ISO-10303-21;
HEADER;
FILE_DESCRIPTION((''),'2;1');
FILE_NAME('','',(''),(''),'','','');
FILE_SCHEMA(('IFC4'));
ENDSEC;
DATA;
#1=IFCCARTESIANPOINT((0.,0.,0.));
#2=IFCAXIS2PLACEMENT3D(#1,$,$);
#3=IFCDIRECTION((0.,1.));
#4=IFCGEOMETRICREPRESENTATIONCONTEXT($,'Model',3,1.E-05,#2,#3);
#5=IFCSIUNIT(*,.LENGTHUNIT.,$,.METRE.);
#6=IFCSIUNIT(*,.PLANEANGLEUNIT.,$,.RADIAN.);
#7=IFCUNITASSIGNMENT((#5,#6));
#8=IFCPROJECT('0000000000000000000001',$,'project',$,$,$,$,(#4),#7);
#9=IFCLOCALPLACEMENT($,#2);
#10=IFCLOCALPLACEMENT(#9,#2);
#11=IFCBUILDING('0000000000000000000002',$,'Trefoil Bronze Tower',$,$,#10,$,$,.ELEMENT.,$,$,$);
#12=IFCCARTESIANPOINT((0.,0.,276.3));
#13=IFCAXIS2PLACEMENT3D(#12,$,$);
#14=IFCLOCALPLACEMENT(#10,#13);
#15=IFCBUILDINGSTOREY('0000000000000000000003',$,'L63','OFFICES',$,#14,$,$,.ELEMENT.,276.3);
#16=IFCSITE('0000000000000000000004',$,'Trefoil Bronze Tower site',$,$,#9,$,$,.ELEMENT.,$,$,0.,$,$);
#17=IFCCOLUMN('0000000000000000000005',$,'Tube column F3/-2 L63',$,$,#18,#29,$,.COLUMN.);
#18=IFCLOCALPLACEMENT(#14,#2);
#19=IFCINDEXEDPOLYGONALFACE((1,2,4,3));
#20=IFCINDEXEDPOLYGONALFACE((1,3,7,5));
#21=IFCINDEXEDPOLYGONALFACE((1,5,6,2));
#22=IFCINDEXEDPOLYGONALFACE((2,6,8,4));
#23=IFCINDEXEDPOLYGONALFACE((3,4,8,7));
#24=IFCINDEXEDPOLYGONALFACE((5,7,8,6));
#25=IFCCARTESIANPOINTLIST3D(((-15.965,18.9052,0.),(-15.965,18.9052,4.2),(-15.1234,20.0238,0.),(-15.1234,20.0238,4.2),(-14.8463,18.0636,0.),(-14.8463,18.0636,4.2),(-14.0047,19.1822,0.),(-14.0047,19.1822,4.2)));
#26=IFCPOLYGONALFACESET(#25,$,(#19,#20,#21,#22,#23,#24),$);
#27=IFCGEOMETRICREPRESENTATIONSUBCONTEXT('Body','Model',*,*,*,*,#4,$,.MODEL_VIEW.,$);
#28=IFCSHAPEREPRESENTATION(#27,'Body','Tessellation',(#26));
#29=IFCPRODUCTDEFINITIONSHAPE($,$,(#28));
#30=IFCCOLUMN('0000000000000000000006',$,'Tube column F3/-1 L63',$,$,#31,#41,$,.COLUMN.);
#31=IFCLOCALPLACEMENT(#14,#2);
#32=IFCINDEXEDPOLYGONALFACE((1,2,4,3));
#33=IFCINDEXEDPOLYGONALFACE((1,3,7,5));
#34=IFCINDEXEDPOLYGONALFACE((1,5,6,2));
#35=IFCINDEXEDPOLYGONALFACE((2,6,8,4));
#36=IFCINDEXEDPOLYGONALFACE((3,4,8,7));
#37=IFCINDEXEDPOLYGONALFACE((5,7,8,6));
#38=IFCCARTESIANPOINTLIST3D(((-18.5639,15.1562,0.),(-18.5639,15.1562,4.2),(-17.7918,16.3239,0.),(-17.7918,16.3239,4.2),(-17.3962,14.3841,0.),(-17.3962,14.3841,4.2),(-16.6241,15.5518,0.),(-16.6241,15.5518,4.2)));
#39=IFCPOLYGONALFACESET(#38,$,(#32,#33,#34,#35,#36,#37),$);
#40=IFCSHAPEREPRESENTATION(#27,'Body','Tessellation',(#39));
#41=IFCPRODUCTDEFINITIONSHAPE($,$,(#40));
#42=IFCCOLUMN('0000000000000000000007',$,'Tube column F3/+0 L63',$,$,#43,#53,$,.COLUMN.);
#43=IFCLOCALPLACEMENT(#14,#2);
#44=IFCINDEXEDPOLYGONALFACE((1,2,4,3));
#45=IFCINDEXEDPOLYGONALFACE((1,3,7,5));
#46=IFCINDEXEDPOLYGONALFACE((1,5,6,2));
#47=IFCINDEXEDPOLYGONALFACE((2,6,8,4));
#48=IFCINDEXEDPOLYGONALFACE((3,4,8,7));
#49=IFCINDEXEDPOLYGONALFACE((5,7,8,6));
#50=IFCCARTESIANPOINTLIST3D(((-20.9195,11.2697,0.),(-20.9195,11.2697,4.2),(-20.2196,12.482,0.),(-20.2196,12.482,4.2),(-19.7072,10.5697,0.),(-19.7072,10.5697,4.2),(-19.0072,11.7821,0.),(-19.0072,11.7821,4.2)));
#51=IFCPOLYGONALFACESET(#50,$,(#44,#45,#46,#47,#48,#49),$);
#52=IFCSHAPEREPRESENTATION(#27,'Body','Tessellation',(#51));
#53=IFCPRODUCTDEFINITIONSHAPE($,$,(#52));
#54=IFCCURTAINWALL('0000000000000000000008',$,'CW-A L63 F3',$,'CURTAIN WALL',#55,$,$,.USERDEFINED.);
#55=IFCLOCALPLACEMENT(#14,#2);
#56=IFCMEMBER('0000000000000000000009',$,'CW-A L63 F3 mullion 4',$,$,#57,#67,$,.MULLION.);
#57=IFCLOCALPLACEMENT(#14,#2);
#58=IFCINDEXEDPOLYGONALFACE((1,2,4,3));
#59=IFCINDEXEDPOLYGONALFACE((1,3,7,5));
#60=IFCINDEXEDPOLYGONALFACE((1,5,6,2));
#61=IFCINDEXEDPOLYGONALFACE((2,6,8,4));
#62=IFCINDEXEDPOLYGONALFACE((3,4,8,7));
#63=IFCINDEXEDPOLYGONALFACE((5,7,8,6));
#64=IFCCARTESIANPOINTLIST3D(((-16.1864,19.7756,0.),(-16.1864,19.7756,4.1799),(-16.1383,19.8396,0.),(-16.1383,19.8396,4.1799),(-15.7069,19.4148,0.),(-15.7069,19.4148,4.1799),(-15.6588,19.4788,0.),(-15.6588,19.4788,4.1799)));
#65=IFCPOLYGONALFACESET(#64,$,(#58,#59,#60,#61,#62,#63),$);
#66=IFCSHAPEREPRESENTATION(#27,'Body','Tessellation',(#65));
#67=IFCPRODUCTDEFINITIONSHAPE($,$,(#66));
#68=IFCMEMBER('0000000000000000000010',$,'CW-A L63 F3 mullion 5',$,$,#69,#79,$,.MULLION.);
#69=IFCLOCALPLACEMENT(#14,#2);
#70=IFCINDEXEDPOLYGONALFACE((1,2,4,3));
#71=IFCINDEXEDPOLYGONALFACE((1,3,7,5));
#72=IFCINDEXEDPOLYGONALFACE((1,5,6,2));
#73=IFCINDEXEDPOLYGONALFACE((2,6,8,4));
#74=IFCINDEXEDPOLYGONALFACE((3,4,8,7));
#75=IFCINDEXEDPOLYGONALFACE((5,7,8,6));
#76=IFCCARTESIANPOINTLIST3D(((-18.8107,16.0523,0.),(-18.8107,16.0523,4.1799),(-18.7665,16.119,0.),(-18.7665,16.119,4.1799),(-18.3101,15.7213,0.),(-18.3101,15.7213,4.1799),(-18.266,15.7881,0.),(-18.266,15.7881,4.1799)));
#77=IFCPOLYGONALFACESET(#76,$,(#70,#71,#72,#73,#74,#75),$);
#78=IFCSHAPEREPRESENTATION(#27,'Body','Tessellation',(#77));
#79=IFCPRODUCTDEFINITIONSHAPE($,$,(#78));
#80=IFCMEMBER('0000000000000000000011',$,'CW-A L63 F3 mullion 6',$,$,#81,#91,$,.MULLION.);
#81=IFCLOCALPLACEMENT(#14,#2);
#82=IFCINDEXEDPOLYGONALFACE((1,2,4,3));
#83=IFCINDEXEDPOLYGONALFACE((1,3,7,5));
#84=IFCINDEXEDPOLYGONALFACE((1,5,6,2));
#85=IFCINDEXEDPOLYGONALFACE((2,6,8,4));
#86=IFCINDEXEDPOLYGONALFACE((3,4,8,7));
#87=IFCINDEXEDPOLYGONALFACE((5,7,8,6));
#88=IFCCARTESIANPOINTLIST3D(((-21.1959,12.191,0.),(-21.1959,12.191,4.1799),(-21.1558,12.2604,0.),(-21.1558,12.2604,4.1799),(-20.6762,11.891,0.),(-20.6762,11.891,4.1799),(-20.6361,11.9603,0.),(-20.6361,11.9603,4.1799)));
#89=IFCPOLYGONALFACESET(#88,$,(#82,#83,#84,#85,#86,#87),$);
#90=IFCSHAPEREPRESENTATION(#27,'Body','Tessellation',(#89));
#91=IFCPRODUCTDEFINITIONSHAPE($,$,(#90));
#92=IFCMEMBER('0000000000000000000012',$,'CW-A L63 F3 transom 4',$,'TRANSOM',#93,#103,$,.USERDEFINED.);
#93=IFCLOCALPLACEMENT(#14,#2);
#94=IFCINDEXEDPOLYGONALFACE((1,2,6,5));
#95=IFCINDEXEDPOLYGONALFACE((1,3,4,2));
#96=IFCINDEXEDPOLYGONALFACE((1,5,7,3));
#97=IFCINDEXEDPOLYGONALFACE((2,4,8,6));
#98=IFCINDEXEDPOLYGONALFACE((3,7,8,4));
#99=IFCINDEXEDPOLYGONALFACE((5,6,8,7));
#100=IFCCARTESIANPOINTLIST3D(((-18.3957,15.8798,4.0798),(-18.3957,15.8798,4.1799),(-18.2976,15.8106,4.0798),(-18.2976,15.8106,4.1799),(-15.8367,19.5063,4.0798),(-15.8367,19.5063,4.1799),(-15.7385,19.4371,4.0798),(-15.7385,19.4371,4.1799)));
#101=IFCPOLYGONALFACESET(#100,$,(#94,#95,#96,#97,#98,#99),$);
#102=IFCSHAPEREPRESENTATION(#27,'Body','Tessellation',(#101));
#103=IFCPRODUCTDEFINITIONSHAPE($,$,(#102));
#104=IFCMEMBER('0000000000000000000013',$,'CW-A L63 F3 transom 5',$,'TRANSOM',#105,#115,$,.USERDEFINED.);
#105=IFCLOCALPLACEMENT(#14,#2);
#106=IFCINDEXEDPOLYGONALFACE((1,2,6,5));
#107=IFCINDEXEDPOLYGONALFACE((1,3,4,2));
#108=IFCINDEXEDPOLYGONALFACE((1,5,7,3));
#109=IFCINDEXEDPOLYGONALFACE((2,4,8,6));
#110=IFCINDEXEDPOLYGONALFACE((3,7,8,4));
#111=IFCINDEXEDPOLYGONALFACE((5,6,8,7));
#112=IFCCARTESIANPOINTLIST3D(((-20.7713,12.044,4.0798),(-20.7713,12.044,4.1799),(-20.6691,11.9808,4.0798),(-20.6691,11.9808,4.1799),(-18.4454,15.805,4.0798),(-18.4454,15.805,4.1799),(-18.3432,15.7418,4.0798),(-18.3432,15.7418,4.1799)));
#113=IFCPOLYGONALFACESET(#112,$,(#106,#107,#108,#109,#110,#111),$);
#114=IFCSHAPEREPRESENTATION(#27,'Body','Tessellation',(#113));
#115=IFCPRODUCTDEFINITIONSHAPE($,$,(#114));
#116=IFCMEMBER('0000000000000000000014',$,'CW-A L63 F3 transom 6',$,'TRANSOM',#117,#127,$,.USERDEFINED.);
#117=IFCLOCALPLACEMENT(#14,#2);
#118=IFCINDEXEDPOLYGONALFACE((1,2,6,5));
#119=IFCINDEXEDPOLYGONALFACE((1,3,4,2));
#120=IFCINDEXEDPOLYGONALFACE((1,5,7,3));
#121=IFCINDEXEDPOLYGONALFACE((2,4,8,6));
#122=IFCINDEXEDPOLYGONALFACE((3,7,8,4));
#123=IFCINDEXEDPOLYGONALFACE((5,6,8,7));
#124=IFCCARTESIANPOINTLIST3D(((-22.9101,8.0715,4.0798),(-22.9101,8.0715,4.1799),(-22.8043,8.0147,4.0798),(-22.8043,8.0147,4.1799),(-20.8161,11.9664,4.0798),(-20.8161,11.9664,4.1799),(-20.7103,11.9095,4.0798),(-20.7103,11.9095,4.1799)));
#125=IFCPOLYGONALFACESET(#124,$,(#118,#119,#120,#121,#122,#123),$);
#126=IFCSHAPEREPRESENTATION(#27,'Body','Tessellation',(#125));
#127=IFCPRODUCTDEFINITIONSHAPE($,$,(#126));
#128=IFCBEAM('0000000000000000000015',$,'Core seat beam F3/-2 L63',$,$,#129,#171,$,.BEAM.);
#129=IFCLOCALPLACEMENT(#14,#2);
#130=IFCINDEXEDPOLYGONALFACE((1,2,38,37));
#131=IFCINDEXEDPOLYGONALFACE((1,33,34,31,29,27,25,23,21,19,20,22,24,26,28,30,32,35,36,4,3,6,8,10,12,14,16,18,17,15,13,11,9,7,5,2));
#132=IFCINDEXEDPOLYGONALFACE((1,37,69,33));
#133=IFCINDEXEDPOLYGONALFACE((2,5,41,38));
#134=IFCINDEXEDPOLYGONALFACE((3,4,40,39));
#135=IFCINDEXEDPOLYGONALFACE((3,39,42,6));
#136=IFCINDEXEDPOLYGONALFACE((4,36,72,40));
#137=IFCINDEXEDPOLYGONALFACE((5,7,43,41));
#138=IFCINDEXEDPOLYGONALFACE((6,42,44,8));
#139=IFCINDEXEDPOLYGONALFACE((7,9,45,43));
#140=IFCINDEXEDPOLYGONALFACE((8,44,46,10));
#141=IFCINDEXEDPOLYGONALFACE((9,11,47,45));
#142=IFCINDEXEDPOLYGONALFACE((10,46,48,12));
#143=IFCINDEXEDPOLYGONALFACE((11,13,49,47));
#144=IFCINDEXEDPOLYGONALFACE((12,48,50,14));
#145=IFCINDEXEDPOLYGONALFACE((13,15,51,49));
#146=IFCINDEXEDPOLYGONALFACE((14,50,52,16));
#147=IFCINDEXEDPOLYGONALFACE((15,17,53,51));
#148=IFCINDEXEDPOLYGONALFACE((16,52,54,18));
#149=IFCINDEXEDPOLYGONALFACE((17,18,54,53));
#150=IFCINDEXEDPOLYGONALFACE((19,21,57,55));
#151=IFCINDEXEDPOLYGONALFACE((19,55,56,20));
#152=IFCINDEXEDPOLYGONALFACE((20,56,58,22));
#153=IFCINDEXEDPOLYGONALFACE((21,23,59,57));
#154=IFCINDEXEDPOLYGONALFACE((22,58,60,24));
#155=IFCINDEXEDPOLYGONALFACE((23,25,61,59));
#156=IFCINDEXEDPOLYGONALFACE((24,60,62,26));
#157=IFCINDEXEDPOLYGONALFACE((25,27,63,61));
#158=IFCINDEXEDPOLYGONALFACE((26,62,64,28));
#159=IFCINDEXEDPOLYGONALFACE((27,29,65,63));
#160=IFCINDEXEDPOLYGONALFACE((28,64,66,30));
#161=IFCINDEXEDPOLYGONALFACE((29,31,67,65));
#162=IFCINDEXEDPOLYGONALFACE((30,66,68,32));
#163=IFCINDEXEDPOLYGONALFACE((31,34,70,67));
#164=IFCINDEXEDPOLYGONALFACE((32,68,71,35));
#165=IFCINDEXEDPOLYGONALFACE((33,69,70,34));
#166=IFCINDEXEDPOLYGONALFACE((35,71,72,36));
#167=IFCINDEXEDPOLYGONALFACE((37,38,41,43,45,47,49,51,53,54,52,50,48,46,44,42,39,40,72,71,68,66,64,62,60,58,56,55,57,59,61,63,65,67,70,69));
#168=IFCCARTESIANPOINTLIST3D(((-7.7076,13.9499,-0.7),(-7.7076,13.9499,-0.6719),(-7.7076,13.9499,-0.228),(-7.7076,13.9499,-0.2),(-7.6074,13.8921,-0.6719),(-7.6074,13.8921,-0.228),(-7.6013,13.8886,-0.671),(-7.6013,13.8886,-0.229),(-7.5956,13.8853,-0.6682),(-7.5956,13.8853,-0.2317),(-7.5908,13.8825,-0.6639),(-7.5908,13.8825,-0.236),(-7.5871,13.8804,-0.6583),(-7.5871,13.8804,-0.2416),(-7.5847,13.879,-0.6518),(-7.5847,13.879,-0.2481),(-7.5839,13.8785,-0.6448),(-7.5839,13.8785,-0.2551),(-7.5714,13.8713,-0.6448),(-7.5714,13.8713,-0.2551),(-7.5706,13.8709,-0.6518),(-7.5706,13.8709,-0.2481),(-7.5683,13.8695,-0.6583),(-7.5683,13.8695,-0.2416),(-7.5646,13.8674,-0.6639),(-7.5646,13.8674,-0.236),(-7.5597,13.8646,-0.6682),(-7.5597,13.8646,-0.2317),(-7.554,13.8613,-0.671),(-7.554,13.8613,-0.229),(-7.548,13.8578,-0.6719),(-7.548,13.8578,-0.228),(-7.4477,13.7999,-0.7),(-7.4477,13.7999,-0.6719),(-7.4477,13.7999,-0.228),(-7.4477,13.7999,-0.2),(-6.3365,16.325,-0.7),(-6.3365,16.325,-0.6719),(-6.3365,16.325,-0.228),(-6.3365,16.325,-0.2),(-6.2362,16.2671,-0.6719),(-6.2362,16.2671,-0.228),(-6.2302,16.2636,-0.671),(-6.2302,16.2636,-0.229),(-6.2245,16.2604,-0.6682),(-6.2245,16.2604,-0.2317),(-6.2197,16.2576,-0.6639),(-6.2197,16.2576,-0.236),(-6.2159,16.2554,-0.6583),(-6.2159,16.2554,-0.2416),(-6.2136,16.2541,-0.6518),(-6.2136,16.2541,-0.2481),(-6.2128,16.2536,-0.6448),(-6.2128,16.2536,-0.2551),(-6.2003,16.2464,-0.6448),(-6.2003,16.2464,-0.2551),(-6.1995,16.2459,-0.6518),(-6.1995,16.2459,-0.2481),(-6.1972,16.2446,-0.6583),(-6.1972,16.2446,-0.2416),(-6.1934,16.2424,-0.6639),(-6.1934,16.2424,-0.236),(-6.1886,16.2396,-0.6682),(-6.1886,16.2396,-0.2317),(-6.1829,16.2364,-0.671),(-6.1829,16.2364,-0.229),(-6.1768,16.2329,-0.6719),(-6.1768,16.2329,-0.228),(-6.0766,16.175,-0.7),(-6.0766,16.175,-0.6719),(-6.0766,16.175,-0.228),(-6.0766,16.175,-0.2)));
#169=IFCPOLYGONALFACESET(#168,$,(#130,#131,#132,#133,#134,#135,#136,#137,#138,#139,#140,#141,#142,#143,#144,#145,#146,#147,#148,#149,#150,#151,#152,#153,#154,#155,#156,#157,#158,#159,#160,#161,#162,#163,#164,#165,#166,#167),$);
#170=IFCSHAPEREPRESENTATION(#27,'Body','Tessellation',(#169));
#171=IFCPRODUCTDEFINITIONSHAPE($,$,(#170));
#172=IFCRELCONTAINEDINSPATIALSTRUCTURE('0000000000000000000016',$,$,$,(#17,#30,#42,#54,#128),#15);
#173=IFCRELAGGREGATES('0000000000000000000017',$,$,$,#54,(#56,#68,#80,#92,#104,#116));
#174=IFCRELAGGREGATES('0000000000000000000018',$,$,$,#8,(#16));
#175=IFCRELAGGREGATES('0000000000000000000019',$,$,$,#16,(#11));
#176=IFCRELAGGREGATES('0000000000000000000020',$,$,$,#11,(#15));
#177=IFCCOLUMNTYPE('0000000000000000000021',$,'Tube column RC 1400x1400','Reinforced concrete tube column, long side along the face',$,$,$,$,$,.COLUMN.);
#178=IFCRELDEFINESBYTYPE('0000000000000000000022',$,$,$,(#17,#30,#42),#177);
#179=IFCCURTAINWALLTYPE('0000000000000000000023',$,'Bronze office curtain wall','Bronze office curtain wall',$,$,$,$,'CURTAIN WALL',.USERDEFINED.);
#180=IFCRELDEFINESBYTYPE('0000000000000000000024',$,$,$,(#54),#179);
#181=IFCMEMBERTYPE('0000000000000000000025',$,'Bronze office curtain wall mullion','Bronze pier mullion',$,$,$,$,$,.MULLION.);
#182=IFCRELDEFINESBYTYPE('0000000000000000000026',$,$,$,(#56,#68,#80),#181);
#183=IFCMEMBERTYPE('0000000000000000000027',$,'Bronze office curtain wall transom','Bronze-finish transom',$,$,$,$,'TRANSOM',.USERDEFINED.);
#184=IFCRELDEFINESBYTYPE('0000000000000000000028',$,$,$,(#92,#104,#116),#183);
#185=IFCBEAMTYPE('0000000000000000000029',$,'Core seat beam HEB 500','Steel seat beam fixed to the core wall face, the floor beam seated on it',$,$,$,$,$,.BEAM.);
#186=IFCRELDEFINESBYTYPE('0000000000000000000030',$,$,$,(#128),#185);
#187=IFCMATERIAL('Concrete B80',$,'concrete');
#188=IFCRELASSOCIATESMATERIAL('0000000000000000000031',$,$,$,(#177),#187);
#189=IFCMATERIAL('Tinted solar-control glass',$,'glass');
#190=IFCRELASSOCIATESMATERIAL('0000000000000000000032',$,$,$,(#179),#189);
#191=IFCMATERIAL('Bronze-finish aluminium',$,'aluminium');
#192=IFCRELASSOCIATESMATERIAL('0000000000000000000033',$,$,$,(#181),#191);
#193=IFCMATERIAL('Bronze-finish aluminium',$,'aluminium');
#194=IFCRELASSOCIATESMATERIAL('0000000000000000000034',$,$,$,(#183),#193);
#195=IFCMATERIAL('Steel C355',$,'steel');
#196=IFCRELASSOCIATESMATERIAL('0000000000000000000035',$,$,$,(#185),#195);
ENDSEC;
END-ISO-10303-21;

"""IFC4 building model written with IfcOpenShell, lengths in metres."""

from ifc_helpers import new_model, si_unit, direction, frame, origin, origin_2d, place, context, subcontext, project, spatial, rectangle, i_section, extrude, material, material_profile, profile_set, type_object, element, aggregate, save


model = new_model("IFC4")

# Units and contexts
model_context = context("Model", 3, precision=1e-05, world=origin(), true_north=direction((0.0, 1.0)))
body_context = subcontext(model_context, "Body", "Model", "MODEL_VIEW")
ifc_project = project(units=[si_unit("LENGTHUNIT", "METRE"), si_unit("PLANEANGLEUNIT", "RADIAN")], contexts=[model_context])

# Site, building, storey
site_placement = place(None, origin())
site = spatial("IfcSite", under=ifc_project, at=site_placement, Name="Trefoil Bronze Tower site", CompositionType="ELEMENT", RefElevation=0.0)
building_placement = place(site_placement, origin())
building = spatial("IfcBuilding", under=site, at=building_placement, Name="Trefoil Bronze Tower", CompositionType="ELEMENT")
storey_placement = place(building_placement, frame((0.0, 0.0, 276.3)))
storey = spatial("IfcBuildingStorey", under=building, at=storey_placement, Name="L63", Description="OFFICES", CompositionType="ELEMENT", Elevation=276.3)

# Columns
ifc_material_1 = material(Name="Concrete B80", Category="concrete")
ifc_material_profile_1 = material_profile(ifc_material_1, rectangle(XDim=1.3999, YDim=1.3999, at=origin_2d()), Name="RC 1400x1400")
ifc_profile_set_1 = profile_set([ifc_material_profile_1], Name="Concrete B80")
column_type = type_object("IfcColumnType", Name="Tube column RC 1400x1400", Description="Reinforced concrete tube column, long side along the face", PredefinedType="COLUMN", material=ifc_profile_set_1)
for number, where, z_axis, x_axis, name in (
    (1, (-14.9849, 19.0437, 0.0), (0.0, 0.0, 1.0), (-0.601203, -0.799096, 0.0), "Tube column F3/-2 L63"),
    (2, (-17.594, 15.354, 0.0), (0.0, 0.0, 1.0), (-0.551524, -0.834159, 0.0), "Tube column F3/-1 L63"),
    (3, (-19.9634, 11.5259, 0.0), (0.0, 0.0, 1.0), (-0.5, -0.866025, 0.0), "Tube column F3/+0 L63"),
):
    element("IfcColumn", number, at=place(storey_placement, frame(where, z_axis=z_axis, x_axis=x_axis)), inside=storey, type_object=column_type, Name=name, PredefinedType="COLUMN", context=body_context, shape_type="SweptSolid", body=[
        extrude(rectangle(XDim=1.3999, YDim=1.3999, at=origin_2d()), origin(), (0.0, 0.0, 1.0), 4.2),
    ])

# Curtain wall, members
ifc_material_2 = material(Name="Tinted solar-control glass", Category="glass")
curtain_wall_type = type_object("IfcCurtainWallType", Name="Bronze office curtain wall", Description="Bronze office curtain wall", ElementType="CURTAIN WALL", PredefinedType="USERDEFINED", material=ifc_material_2)
curtain_wall_placement = place(storey_placement, origin())
curtain_wall = element("IfcCurtainWall", 4, at=curtain_wall_placement, inside=storey, type_object=curtain_wall_type, Name="CW-A L63 F3", ObjectType="CURTAIN WALL", PredefinedType="USERDEFINED")
ifc_material_3 = material(Name="Bronze-finish aluminium", Category="aluminium")
ifc_material_profile_2 = material_profile(ifc_material_3, rectangle(XDim=0.6001, YDim=0.0801, at=origin_2d()), Name="CW-A mullion")
ifc_profile_set_2 = profile_set([ifc_material_profile_2], Name="Bronze-finish aluminium")
member_type_1 = type_object("IfcMemberType", Name="Bronze office curtain wall mullion", Description="Bronze pier mullion", PredefinedType="MULLION", material=ifc_profile_set_2)
member_1_placement = place(storey_placement, frame((-15.9226, 19.6272, 0.0), z_axis=(0.0, 0.0, 1.0), x_axis=(0.799096, -0.601203, 0.0)))
member_1 = element("IfcMember", 5, at=member_1_placement, type_object=member_type_1, Name="CW-A L63 F3 mullion 4", PredefinedType="MULLION", context=body_context, shape_type="SweptSolid", body=[
    extrude(rectangle(XDim=0.6001, YDim=0.0801, at=origin_2d()), origin(), (0.0, 0.0, 1.0), 4.1799),
])
member_2_placement = place(storey_placement, frame((-18.5383, 15.9202, 0.0), z_axis=(0.0, 0.0, 1.0), x_axis=(0.834159, -0.551524, 0.0)))
member_2 = element("IfcMember", 6, at=member_2_placement, type_object=member_type_1, Name="CW-A L63 F3 mullion 5", PredefinedType="MULLION", context=body_context, shape_type="SweptSolid", body=[
    extrude(rectangle(XDim=0.6001, YDim=0.0801, at=origin_2d()), origin(), (0.0, 0.0, 1.0), 4.1799),
])
member_3_placement = place(storey_placement, frame((-20.916, 12.0757, 0.0), z_axis=(0.0, 0.0, 1.0), x_axis=(0.866025, -0.5, 0.0)))
member_3 = element("IfcMember", 7, at=member_3_placement, type_object=member_type_1, Name="CW-A L63 F3 mullion 6", PredefinedType="MULLION", context=body_context, shape_type="SweptSolid", body=[
    extrude(rectangle(XDim=0.6001, YDim=0.0801, at=origin_2d()), origin(), (0.0, 0.0, 1.0), 4.1799),
])
ifc_material_4 = material(Name="Bronze-finish aluminium", Category="aluminium")
ifc_material_profile_3 = material_profile(ifc_material_4, rectangle(XDim=0.1201, YDim=0.1001, at=origin_2d()), Name="CW-A transom")
ifc_profile_set_3 = profile_set([ifc_material_profile_3], Name="Bronze-finish aluminium")
member_type_2 = type_object("IfcMemberType", Name="Bronze office curtain wall transom", Description="Bronze-finish transom", ElementType="TRANSOM", PredefinedType="USERDEFINED", material=ifc_profile_set_3)
member_4_placement = place(storey_placement, frame((-15.7876, 19.4717, 4.1299), z_axis=(-0.576567, -0.81705, 0.0), x_axis=(0.81705, -0.576567, 0.0)))
member_4 = element("IfcMember", 8, at=member_4_placement, type_object=member_type_2, Name="CW-A L63 F3 transom 4", ObjectType="TRANSOM", PredefinedType="USERDEFINED", context=body_context, shape_type="SweptSolid", body=[
    extrude(rectangle(XDim=0.1201, YDim=0.1001, at=origin_2d()), origin(), (0.0, 0.0, 1.0), 4.4385),
])
member_5_placement = place(storey_placement, frame((-18.3943, 15.7734, 4.1299), z_axis=(-0.525978, -0.850498, 0.0), x_axis=(0.850498, -0.525978, 0.0)))
member_5 = element("IfcMember", 9, at=member_5_placement, type_object=member_type_2, Name="CW-A L63 F3 transom 5", ObjectType="TRANSOM", PredefinedType="USERDEFINED", context=body_context, shape_type="SweptSolid", body=[
    extrude(rectangle(XDim=0.1201, YDim=0.1001, at=origin_2d()), origin(), (0.0, 0.0, 1.0), 4.4221),
])
member_6_placement = place(storey_placement, frame((-20.7632, 11.938, 4.1299), z_axis=(-0.47354, -0.880772, 0.0), x_axis=(0.880772, -0.47354, 0.0)))
member_6 = element("IfcMember", 10, at=member_6_placement, type_object=member_type_2, Name="CW-A L63 F3 transom 6", ObjectType="TRANSOM", PredefinedType="USERDEFINED", context=body_context, shape_type="SweptSolid", body=[
    extrude(rectangle(XDim=0.1201, YDim=0.1001, at=origin_2d()), origin(), (0.0, 0.0, 1.0), 4.4221),
])

# Beam
ifc_material_5 = material(Name="Steel C355", Category="steel")
ifc_material_profile_4 = material_profile(ifc_material_5, i_section(OverallWidth=0.3, OverallDepth=0.5, WebThickness=0.0144, FlangeThickness=0.0281, FilletRadius=0.0271, at=origin_2d()), Name="HEB 500")
ifc_profile_set_4 = profile_set([ifc_material_profile_4], Name="Steel C355")
beam_type_1 = type_object("IfcBeamType", Name="Core seat beam HEB 500", Description="Steel seat beam fixed to the core wall face, the floor beam seated on it", PredefinedType="BEAM", material=ifc_profile_set_4)
for number, where, z_axis, x_axis, name in (
    (11, (-6.2065, 16.25, -0.45), (-0.499969, -0.866043, 0.0), (0.866043, -0.499969, 0.0), "Core seat beam F3/-2 L63"),
):
    element("IfcBeam", number, at=place(storey_placement, frame(where, z_axis=z_axis, x_axis=x_axis)), inside=storey, type_object=beam_type_1, Name=name, PredefinedType="BEAM", context=body_context, shape_type="SweptSolid", body=[
        extrude(i_section(OverallWidth=0.3, OverallDepth=0.5, WebThickness=0.0144, FlangeThickness=0.0281, FilletRadius=0.0271, at=origin_2d()), origin(), (0.0, 0.0, 1.0), 2.7424),
    ])

aggregate(curtain_wall, [member_1, member_2, member_3, member_4, member_5, member_6])

save(model, "model.ifc")
